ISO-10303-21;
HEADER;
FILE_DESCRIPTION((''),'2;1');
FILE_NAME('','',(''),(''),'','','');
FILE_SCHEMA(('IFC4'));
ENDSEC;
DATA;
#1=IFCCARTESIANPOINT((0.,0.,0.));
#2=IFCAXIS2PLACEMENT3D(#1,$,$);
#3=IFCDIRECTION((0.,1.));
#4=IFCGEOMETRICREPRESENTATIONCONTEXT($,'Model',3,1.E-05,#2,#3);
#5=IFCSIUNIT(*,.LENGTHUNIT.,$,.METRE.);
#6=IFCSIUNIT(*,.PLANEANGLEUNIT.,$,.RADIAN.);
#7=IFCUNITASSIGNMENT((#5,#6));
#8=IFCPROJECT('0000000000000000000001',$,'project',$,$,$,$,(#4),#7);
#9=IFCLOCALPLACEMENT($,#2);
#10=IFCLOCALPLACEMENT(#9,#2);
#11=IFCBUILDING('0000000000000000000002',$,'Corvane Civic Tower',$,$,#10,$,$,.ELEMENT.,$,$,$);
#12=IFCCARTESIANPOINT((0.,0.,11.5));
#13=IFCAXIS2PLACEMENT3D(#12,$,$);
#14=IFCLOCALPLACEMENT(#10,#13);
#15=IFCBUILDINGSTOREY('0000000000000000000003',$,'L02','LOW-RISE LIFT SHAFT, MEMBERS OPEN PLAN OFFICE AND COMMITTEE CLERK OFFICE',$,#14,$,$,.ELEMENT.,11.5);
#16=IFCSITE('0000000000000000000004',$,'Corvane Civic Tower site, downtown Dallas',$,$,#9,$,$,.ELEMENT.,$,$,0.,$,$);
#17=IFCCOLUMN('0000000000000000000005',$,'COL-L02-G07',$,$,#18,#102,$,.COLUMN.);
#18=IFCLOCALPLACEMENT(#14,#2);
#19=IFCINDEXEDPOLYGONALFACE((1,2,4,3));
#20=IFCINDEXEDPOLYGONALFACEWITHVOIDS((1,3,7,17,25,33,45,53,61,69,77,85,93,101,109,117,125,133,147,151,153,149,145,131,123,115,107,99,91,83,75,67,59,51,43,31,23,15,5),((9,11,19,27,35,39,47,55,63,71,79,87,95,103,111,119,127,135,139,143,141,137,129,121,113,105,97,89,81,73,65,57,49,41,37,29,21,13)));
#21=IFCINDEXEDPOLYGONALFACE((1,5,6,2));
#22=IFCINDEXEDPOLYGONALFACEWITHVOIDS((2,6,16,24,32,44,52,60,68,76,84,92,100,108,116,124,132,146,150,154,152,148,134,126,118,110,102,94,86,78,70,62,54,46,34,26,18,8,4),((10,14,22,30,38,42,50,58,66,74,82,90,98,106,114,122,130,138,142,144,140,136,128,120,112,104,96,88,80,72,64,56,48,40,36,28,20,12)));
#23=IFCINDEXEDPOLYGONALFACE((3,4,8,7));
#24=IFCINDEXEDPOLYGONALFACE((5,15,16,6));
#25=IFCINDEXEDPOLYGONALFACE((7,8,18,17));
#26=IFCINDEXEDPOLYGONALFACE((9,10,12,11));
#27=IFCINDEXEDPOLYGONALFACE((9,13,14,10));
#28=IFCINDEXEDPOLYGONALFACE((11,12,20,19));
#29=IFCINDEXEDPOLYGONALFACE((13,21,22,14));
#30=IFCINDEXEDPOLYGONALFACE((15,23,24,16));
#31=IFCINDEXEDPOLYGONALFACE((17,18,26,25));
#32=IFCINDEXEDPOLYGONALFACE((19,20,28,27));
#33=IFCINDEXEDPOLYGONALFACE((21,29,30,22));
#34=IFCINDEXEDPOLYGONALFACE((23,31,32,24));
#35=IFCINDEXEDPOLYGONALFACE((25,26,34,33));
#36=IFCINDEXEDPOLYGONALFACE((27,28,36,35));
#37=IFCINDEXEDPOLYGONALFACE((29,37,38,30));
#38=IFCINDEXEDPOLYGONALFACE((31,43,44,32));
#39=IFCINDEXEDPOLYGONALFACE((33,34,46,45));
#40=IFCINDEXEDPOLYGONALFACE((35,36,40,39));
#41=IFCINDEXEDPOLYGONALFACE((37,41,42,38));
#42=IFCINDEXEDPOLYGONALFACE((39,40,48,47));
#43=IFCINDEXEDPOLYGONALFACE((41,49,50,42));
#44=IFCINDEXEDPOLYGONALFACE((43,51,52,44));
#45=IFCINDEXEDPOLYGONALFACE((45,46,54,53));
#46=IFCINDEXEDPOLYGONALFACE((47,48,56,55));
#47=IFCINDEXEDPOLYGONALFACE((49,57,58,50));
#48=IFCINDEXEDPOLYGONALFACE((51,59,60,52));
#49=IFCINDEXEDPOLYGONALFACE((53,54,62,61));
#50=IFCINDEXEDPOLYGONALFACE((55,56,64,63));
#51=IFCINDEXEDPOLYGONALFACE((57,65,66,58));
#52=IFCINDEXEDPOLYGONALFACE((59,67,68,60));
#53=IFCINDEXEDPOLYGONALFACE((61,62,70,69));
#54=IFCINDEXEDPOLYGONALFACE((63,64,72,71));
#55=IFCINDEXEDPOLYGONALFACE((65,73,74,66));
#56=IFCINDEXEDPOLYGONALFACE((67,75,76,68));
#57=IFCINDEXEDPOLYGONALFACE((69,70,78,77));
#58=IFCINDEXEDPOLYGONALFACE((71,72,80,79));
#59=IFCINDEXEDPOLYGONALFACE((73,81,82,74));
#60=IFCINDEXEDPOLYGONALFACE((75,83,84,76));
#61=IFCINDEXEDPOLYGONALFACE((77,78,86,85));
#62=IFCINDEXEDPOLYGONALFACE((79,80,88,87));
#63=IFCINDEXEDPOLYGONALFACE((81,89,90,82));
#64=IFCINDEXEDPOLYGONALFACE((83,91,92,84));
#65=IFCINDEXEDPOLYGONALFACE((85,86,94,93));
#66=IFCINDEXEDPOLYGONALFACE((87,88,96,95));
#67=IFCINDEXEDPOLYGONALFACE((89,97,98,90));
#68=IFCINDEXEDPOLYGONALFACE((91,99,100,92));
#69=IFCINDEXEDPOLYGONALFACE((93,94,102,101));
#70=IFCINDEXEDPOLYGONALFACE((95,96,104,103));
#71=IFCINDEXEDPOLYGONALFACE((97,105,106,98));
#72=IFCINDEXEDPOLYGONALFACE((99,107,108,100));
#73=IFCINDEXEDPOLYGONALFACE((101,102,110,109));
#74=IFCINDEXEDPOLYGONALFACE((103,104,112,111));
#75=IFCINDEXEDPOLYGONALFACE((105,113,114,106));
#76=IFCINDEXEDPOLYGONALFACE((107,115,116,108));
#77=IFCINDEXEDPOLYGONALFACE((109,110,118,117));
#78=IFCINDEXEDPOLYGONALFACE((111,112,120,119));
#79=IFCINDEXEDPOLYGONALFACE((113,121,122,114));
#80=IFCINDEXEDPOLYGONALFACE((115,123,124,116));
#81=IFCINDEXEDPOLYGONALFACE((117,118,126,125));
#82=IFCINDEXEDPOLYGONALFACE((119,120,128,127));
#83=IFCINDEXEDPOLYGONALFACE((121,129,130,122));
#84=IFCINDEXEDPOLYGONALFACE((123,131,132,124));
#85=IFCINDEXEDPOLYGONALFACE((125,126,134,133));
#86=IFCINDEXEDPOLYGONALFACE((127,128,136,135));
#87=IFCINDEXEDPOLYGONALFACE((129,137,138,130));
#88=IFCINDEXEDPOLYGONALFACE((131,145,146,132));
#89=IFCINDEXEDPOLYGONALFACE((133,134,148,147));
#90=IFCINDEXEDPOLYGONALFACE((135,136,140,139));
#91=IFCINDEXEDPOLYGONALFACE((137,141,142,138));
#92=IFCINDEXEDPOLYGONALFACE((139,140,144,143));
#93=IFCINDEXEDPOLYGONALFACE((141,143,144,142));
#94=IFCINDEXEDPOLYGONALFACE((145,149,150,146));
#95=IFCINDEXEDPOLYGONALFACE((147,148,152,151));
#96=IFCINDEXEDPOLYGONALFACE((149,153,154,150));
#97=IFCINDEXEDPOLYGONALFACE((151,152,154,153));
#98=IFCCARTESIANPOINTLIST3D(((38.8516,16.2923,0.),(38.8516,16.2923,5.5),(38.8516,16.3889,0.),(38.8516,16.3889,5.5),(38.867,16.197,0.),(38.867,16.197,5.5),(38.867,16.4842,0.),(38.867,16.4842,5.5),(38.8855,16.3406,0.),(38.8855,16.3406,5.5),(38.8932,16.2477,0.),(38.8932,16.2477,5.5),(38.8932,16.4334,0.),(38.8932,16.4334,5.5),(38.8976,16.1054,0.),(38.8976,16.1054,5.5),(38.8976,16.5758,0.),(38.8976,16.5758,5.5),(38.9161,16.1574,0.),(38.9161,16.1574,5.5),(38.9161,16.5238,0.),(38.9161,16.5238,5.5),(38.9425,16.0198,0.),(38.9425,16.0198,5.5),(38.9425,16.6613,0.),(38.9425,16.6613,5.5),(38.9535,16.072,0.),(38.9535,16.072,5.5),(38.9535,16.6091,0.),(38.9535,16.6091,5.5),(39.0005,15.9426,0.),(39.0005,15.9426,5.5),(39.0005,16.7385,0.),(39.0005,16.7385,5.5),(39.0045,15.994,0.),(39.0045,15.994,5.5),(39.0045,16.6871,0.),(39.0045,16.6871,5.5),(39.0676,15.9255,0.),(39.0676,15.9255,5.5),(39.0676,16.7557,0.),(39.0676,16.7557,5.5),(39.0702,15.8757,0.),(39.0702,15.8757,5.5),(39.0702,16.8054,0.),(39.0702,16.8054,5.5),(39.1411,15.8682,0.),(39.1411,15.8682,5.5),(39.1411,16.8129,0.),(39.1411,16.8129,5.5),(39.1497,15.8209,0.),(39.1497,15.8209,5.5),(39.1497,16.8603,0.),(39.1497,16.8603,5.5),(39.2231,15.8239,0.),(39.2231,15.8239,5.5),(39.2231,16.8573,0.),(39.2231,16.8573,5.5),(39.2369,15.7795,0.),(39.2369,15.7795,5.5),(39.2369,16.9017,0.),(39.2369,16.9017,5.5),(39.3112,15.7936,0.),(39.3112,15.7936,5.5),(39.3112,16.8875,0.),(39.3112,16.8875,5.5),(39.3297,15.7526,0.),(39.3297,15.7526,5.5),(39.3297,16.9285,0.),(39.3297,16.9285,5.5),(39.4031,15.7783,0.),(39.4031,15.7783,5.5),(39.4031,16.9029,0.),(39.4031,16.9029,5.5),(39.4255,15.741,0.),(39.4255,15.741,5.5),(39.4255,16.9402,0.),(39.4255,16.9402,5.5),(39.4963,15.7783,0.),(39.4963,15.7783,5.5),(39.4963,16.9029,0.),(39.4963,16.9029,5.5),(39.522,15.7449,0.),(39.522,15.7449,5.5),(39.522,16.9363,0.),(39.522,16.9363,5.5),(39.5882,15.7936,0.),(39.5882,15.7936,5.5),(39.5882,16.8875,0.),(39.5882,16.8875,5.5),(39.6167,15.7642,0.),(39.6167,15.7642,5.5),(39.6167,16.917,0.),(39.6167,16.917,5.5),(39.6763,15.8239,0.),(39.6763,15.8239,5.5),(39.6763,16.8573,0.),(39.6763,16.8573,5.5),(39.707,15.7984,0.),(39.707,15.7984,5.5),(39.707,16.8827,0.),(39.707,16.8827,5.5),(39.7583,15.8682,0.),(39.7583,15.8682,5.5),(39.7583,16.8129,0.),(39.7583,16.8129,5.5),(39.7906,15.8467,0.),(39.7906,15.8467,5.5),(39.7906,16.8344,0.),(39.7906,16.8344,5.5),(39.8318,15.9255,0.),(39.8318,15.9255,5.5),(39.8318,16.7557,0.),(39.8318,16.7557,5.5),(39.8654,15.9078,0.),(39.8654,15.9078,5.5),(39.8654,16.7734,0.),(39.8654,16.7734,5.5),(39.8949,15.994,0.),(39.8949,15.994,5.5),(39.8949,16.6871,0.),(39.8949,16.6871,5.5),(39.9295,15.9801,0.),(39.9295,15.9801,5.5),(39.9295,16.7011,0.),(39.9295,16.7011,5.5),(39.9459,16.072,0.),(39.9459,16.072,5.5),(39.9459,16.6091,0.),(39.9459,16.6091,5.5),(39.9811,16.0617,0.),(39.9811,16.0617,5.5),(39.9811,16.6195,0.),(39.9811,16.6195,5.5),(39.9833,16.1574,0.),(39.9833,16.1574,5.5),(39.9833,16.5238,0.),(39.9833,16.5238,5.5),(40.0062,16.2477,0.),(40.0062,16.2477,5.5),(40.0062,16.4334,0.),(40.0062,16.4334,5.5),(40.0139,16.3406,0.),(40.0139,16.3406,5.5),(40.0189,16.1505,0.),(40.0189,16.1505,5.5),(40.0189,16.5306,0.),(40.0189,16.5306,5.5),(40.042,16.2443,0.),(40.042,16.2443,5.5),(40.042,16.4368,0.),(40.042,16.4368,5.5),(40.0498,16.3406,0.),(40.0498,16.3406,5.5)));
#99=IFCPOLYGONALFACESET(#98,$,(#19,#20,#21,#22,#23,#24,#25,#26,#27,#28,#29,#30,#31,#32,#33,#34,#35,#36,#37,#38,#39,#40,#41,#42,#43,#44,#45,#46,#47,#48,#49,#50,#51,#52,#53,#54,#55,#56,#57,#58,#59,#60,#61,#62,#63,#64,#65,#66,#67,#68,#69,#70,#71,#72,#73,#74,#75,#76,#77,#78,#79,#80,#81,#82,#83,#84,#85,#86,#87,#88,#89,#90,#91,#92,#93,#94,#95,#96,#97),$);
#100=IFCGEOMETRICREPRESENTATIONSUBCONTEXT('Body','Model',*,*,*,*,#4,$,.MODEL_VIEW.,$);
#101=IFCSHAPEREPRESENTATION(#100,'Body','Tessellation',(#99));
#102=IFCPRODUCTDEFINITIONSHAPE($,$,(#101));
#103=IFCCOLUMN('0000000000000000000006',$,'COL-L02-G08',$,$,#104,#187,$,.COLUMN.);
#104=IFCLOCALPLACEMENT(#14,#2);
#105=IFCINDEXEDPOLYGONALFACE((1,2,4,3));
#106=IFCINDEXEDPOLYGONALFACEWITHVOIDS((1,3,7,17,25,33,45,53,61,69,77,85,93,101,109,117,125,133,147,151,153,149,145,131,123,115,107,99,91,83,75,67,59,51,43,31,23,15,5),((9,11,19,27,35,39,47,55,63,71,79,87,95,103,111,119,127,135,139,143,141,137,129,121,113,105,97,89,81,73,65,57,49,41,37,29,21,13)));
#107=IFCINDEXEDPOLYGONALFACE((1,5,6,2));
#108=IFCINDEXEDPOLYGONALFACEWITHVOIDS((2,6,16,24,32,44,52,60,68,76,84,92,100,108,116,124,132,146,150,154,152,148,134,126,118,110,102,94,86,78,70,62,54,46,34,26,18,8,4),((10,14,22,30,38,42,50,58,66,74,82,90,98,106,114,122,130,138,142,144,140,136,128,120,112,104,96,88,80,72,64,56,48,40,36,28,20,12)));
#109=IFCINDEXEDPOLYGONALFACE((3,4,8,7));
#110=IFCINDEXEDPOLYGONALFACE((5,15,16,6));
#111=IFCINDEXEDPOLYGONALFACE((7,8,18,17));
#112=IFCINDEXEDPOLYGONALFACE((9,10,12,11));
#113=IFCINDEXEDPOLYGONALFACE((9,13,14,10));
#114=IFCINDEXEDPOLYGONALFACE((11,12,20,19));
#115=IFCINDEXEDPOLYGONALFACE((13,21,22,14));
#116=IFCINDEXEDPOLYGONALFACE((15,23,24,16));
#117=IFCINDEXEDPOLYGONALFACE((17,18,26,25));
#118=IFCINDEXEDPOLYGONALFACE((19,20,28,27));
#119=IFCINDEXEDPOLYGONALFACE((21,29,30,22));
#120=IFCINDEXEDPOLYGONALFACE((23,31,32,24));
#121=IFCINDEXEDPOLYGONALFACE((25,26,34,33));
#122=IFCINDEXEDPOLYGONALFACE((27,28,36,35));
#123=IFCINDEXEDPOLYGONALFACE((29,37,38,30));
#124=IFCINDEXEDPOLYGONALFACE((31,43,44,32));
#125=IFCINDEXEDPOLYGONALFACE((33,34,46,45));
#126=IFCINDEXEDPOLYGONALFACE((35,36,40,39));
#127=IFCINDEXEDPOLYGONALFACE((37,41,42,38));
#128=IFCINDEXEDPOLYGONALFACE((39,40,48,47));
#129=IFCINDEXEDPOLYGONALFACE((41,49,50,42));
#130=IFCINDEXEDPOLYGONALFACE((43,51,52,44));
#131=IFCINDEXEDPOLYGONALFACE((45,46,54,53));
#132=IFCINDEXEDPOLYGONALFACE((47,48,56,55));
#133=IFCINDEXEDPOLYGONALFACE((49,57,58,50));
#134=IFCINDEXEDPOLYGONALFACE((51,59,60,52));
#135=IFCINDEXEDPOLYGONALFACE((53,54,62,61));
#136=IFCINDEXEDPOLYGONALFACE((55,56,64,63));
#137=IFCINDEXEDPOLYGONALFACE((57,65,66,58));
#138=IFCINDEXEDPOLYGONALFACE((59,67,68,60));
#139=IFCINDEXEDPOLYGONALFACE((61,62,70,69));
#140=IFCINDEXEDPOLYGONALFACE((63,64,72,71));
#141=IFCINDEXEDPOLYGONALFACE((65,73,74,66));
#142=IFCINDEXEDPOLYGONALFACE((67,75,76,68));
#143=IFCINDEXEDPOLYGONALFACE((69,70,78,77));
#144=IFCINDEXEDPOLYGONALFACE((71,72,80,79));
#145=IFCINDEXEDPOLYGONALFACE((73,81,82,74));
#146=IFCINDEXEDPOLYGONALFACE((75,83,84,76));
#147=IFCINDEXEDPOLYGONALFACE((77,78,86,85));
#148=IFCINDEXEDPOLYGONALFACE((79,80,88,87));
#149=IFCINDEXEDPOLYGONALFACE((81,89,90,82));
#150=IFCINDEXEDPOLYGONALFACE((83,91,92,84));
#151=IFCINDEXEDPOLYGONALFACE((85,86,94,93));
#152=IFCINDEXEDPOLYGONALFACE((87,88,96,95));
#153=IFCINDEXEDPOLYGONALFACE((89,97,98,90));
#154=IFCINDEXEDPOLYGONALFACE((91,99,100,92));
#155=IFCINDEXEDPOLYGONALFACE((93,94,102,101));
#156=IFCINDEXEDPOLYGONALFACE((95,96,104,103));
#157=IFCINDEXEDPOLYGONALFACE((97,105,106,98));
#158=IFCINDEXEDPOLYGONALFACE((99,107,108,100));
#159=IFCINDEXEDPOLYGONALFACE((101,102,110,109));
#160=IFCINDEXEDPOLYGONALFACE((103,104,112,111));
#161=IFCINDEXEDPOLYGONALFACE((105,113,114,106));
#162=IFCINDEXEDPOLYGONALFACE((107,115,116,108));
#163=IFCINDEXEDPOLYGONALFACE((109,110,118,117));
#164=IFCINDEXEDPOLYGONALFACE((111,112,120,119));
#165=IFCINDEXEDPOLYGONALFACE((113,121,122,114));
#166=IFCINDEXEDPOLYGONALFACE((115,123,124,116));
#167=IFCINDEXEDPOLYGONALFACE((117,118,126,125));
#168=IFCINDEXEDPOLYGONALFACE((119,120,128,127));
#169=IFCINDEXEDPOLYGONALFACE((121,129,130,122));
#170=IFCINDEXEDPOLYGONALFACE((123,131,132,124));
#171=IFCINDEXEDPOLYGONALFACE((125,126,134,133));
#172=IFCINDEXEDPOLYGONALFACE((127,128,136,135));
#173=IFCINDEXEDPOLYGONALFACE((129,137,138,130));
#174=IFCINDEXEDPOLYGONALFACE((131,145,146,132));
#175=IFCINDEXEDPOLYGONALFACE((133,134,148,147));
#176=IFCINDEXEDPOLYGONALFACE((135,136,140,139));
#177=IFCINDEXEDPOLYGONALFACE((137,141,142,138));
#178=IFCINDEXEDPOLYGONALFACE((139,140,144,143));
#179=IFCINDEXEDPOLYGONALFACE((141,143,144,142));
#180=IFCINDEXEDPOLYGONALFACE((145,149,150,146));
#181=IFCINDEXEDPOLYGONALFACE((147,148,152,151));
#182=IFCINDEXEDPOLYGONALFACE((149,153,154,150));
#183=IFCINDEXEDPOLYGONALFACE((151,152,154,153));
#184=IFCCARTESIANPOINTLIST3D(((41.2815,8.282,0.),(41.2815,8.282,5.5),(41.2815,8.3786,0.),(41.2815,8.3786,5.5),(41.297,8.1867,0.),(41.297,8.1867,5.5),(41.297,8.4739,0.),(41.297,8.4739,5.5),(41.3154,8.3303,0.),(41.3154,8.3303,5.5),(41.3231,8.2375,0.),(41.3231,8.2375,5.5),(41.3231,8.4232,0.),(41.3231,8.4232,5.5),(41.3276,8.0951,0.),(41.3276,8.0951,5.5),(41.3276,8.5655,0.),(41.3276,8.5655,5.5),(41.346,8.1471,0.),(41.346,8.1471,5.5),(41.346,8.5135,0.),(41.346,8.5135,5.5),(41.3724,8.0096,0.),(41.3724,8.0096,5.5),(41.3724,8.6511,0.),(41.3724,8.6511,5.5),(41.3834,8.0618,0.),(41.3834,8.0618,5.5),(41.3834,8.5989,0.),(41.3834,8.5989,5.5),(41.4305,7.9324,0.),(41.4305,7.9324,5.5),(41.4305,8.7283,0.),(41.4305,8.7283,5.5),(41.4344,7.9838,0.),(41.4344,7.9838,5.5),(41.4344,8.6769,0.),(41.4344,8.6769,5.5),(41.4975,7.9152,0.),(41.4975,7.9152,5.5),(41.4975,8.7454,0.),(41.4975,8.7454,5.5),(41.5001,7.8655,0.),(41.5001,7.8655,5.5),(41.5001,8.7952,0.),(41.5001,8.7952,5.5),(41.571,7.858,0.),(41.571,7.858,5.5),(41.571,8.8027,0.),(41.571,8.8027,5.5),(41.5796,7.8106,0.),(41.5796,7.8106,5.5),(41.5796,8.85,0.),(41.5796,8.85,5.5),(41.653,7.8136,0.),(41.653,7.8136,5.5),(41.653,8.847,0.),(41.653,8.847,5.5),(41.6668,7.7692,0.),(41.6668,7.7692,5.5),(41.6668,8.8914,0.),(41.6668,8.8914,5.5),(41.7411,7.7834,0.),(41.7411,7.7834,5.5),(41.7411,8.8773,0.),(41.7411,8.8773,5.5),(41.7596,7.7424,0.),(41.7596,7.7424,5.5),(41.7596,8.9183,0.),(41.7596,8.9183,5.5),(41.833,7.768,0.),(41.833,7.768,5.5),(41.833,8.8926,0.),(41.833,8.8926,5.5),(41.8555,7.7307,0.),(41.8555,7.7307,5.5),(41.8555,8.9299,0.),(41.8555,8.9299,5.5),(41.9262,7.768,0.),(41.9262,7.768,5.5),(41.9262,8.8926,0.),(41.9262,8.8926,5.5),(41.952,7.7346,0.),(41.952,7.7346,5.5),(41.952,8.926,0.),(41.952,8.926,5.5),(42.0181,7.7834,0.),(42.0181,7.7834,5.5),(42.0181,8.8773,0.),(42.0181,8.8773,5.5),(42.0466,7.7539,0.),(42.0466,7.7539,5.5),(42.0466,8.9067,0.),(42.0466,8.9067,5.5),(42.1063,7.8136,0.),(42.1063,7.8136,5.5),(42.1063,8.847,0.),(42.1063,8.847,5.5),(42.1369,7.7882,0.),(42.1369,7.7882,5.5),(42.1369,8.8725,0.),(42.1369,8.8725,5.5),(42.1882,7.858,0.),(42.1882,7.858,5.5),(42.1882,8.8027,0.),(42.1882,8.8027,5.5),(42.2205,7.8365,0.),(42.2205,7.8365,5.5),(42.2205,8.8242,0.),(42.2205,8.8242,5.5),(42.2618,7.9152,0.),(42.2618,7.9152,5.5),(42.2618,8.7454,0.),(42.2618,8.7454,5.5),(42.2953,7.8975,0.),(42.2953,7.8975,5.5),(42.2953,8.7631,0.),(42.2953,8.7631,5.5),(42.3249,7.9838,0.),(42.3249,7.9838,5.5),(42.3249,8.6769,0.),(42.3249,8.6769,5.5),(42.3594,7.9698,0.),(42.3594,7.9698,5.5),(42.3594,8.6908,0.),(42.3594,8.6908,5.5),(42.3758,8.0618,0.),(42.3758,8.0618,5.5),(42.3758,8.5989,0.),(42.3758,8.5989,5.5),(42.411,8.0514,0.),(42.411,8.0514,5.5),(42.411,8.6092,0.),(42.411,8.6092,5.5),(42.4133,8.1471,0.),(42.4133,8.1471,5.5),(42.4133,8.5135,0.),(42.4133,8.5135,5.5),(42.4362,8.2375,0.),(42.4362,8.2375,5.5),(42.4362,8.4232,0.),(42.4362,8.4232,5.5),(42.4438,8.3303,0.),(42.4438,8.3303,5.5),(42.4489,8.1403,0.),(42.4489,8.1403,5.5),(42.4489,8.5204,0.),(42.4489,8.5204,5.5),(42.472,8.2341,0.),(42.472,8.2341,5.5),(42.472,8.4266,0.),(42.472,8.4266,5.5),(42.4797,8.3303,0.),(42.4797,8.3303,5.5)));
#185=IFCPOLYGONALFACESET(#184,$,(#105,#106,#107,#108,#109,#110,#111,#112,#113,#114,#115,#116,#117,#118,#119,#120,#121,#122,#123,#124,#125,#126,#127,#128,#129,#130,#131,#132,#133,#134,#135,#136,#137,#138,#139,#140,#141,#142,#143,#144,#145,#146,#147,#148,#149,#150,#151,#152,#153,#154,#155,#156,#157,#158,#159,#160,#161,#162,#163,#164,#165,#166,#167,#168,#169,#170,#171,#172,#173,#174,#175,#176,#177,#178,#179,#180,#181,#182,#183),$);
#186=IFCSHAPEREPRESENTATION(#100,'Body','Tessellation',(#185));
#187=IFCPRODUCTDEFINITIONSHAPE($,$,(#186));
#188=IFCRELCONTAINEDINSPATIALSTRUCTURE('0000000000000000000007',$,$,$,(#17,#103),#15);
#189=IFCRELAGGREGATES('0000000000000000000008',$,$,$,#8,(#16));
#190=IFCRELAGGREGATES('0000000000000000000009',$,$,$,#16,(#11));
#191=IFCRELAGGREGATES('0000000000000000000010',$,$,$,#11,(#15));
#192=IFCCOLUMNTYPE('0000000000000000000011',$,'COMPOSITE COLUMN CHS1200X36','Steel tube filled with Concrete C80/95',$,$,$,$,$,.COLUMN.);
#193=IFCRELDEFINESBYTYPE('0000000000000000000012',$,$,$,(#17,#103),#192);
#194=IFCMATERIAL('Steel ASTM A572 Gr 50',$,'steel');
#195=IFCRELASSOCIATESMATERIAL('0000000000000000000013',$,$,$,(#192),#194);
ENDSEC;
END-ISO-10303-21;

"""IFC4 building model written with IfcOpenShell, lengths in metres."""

from ifc_helpers import new_model, si_unit, direction, frame, origin, origin_2d, place, context, subcontext, project, spatial, hollow_circle, extrude, material, material_profile, profile_set, type_object, element, save


model = new_model("IFC4")

# Units and contexts
model_context = context("Model", 3, precision=1e-05, world=origin(), true_north=direction((0.0, 1.0)))
body_context = subcontext(model_context, "Body", "Model", "MODEL_VIEW")
ifc_project = project(units=[si_unit("LENGTHUNIT", "METRE"), si_unit("PLANEANGLEUNIT", "RADIAN")], contexts=[model_context])

# Site, building, storey
site_placement = place(None, origin())
site = spatial("IfcSite", under=ifc_project, at=site_placement, Name="Corvane Civic Tower site, downtown Dallas", CompositionType="ELEMENT", RefElevation=0.0)
building_placement = place(site_placement, origin())
building = spatial("IfcBuilding", under=site, at=building_placement, Name="Corvane Civic Tower", CompositionType="ELEMENT")
storey_placement = place(building_placement, frame((0.0, 0.0, 11.5)))
storey = spatial("IfcBuildingStorey", under=building, at=storey_placement, Name="L02", Description="LOW-RISE LIFT SHAFT, MEMBERS OPEN PLAN OFFICE AND COMMITTEE CLERK OFFICE", CompositionType="ELEMENT", Elevation=11.5)

# Columns
ifc_material_1 = material(Name="Steel ASTM A572 Gr 50", Category="steel")
ifc_material_profile_1 = material_profile(ifc_material_1, hollow_circle(Radius=0.6001, WallThickness=0.0359, at=origin_2d()), Name="CHS1200X36")
ifc_profile_set_1 = profile_set([ifc_material_profile_1], Name="Steel ASTM A572 Gr 50")
column_type_1 = type_object("IfcColumnType", Name="COMPOSITE COLUMN CHS1200X36", Description="Steel tube filled with Concrete C80/95", PredefinedType="COLUMN", material=ifc_profile_set_1)
for number, where, z_axis, x_axis, name in (
    (1, (39.4497, 16.3406, 0.0), (0.0, 0.0, 1.0), (1.0, 0.0, 0.0), "COL-L02-G07"),
    (2, (41.8796, 8.3303, 0.0), (0.0, 0.0, 1.0), (1.0, 0.0, 0.0), "COL-L02-G08"),
):
    element("IfcColumn", number, at=place(storey_placement, frame(where, z_axis=z_axis, x_axis=x_axis)), inside=storey, type_object=column_type_1, Name=name, PredefinedType="COLUMN", context=body_context, shape_type="SweptSolid", body=[
        extrude(hollow_circle(Radius=0.6001, WallThickness=0.0359, at=origin_2d()), origin(), (0.0, 0.0, 1.0), 5.5),
    ])

save(model, "model.ifc")
